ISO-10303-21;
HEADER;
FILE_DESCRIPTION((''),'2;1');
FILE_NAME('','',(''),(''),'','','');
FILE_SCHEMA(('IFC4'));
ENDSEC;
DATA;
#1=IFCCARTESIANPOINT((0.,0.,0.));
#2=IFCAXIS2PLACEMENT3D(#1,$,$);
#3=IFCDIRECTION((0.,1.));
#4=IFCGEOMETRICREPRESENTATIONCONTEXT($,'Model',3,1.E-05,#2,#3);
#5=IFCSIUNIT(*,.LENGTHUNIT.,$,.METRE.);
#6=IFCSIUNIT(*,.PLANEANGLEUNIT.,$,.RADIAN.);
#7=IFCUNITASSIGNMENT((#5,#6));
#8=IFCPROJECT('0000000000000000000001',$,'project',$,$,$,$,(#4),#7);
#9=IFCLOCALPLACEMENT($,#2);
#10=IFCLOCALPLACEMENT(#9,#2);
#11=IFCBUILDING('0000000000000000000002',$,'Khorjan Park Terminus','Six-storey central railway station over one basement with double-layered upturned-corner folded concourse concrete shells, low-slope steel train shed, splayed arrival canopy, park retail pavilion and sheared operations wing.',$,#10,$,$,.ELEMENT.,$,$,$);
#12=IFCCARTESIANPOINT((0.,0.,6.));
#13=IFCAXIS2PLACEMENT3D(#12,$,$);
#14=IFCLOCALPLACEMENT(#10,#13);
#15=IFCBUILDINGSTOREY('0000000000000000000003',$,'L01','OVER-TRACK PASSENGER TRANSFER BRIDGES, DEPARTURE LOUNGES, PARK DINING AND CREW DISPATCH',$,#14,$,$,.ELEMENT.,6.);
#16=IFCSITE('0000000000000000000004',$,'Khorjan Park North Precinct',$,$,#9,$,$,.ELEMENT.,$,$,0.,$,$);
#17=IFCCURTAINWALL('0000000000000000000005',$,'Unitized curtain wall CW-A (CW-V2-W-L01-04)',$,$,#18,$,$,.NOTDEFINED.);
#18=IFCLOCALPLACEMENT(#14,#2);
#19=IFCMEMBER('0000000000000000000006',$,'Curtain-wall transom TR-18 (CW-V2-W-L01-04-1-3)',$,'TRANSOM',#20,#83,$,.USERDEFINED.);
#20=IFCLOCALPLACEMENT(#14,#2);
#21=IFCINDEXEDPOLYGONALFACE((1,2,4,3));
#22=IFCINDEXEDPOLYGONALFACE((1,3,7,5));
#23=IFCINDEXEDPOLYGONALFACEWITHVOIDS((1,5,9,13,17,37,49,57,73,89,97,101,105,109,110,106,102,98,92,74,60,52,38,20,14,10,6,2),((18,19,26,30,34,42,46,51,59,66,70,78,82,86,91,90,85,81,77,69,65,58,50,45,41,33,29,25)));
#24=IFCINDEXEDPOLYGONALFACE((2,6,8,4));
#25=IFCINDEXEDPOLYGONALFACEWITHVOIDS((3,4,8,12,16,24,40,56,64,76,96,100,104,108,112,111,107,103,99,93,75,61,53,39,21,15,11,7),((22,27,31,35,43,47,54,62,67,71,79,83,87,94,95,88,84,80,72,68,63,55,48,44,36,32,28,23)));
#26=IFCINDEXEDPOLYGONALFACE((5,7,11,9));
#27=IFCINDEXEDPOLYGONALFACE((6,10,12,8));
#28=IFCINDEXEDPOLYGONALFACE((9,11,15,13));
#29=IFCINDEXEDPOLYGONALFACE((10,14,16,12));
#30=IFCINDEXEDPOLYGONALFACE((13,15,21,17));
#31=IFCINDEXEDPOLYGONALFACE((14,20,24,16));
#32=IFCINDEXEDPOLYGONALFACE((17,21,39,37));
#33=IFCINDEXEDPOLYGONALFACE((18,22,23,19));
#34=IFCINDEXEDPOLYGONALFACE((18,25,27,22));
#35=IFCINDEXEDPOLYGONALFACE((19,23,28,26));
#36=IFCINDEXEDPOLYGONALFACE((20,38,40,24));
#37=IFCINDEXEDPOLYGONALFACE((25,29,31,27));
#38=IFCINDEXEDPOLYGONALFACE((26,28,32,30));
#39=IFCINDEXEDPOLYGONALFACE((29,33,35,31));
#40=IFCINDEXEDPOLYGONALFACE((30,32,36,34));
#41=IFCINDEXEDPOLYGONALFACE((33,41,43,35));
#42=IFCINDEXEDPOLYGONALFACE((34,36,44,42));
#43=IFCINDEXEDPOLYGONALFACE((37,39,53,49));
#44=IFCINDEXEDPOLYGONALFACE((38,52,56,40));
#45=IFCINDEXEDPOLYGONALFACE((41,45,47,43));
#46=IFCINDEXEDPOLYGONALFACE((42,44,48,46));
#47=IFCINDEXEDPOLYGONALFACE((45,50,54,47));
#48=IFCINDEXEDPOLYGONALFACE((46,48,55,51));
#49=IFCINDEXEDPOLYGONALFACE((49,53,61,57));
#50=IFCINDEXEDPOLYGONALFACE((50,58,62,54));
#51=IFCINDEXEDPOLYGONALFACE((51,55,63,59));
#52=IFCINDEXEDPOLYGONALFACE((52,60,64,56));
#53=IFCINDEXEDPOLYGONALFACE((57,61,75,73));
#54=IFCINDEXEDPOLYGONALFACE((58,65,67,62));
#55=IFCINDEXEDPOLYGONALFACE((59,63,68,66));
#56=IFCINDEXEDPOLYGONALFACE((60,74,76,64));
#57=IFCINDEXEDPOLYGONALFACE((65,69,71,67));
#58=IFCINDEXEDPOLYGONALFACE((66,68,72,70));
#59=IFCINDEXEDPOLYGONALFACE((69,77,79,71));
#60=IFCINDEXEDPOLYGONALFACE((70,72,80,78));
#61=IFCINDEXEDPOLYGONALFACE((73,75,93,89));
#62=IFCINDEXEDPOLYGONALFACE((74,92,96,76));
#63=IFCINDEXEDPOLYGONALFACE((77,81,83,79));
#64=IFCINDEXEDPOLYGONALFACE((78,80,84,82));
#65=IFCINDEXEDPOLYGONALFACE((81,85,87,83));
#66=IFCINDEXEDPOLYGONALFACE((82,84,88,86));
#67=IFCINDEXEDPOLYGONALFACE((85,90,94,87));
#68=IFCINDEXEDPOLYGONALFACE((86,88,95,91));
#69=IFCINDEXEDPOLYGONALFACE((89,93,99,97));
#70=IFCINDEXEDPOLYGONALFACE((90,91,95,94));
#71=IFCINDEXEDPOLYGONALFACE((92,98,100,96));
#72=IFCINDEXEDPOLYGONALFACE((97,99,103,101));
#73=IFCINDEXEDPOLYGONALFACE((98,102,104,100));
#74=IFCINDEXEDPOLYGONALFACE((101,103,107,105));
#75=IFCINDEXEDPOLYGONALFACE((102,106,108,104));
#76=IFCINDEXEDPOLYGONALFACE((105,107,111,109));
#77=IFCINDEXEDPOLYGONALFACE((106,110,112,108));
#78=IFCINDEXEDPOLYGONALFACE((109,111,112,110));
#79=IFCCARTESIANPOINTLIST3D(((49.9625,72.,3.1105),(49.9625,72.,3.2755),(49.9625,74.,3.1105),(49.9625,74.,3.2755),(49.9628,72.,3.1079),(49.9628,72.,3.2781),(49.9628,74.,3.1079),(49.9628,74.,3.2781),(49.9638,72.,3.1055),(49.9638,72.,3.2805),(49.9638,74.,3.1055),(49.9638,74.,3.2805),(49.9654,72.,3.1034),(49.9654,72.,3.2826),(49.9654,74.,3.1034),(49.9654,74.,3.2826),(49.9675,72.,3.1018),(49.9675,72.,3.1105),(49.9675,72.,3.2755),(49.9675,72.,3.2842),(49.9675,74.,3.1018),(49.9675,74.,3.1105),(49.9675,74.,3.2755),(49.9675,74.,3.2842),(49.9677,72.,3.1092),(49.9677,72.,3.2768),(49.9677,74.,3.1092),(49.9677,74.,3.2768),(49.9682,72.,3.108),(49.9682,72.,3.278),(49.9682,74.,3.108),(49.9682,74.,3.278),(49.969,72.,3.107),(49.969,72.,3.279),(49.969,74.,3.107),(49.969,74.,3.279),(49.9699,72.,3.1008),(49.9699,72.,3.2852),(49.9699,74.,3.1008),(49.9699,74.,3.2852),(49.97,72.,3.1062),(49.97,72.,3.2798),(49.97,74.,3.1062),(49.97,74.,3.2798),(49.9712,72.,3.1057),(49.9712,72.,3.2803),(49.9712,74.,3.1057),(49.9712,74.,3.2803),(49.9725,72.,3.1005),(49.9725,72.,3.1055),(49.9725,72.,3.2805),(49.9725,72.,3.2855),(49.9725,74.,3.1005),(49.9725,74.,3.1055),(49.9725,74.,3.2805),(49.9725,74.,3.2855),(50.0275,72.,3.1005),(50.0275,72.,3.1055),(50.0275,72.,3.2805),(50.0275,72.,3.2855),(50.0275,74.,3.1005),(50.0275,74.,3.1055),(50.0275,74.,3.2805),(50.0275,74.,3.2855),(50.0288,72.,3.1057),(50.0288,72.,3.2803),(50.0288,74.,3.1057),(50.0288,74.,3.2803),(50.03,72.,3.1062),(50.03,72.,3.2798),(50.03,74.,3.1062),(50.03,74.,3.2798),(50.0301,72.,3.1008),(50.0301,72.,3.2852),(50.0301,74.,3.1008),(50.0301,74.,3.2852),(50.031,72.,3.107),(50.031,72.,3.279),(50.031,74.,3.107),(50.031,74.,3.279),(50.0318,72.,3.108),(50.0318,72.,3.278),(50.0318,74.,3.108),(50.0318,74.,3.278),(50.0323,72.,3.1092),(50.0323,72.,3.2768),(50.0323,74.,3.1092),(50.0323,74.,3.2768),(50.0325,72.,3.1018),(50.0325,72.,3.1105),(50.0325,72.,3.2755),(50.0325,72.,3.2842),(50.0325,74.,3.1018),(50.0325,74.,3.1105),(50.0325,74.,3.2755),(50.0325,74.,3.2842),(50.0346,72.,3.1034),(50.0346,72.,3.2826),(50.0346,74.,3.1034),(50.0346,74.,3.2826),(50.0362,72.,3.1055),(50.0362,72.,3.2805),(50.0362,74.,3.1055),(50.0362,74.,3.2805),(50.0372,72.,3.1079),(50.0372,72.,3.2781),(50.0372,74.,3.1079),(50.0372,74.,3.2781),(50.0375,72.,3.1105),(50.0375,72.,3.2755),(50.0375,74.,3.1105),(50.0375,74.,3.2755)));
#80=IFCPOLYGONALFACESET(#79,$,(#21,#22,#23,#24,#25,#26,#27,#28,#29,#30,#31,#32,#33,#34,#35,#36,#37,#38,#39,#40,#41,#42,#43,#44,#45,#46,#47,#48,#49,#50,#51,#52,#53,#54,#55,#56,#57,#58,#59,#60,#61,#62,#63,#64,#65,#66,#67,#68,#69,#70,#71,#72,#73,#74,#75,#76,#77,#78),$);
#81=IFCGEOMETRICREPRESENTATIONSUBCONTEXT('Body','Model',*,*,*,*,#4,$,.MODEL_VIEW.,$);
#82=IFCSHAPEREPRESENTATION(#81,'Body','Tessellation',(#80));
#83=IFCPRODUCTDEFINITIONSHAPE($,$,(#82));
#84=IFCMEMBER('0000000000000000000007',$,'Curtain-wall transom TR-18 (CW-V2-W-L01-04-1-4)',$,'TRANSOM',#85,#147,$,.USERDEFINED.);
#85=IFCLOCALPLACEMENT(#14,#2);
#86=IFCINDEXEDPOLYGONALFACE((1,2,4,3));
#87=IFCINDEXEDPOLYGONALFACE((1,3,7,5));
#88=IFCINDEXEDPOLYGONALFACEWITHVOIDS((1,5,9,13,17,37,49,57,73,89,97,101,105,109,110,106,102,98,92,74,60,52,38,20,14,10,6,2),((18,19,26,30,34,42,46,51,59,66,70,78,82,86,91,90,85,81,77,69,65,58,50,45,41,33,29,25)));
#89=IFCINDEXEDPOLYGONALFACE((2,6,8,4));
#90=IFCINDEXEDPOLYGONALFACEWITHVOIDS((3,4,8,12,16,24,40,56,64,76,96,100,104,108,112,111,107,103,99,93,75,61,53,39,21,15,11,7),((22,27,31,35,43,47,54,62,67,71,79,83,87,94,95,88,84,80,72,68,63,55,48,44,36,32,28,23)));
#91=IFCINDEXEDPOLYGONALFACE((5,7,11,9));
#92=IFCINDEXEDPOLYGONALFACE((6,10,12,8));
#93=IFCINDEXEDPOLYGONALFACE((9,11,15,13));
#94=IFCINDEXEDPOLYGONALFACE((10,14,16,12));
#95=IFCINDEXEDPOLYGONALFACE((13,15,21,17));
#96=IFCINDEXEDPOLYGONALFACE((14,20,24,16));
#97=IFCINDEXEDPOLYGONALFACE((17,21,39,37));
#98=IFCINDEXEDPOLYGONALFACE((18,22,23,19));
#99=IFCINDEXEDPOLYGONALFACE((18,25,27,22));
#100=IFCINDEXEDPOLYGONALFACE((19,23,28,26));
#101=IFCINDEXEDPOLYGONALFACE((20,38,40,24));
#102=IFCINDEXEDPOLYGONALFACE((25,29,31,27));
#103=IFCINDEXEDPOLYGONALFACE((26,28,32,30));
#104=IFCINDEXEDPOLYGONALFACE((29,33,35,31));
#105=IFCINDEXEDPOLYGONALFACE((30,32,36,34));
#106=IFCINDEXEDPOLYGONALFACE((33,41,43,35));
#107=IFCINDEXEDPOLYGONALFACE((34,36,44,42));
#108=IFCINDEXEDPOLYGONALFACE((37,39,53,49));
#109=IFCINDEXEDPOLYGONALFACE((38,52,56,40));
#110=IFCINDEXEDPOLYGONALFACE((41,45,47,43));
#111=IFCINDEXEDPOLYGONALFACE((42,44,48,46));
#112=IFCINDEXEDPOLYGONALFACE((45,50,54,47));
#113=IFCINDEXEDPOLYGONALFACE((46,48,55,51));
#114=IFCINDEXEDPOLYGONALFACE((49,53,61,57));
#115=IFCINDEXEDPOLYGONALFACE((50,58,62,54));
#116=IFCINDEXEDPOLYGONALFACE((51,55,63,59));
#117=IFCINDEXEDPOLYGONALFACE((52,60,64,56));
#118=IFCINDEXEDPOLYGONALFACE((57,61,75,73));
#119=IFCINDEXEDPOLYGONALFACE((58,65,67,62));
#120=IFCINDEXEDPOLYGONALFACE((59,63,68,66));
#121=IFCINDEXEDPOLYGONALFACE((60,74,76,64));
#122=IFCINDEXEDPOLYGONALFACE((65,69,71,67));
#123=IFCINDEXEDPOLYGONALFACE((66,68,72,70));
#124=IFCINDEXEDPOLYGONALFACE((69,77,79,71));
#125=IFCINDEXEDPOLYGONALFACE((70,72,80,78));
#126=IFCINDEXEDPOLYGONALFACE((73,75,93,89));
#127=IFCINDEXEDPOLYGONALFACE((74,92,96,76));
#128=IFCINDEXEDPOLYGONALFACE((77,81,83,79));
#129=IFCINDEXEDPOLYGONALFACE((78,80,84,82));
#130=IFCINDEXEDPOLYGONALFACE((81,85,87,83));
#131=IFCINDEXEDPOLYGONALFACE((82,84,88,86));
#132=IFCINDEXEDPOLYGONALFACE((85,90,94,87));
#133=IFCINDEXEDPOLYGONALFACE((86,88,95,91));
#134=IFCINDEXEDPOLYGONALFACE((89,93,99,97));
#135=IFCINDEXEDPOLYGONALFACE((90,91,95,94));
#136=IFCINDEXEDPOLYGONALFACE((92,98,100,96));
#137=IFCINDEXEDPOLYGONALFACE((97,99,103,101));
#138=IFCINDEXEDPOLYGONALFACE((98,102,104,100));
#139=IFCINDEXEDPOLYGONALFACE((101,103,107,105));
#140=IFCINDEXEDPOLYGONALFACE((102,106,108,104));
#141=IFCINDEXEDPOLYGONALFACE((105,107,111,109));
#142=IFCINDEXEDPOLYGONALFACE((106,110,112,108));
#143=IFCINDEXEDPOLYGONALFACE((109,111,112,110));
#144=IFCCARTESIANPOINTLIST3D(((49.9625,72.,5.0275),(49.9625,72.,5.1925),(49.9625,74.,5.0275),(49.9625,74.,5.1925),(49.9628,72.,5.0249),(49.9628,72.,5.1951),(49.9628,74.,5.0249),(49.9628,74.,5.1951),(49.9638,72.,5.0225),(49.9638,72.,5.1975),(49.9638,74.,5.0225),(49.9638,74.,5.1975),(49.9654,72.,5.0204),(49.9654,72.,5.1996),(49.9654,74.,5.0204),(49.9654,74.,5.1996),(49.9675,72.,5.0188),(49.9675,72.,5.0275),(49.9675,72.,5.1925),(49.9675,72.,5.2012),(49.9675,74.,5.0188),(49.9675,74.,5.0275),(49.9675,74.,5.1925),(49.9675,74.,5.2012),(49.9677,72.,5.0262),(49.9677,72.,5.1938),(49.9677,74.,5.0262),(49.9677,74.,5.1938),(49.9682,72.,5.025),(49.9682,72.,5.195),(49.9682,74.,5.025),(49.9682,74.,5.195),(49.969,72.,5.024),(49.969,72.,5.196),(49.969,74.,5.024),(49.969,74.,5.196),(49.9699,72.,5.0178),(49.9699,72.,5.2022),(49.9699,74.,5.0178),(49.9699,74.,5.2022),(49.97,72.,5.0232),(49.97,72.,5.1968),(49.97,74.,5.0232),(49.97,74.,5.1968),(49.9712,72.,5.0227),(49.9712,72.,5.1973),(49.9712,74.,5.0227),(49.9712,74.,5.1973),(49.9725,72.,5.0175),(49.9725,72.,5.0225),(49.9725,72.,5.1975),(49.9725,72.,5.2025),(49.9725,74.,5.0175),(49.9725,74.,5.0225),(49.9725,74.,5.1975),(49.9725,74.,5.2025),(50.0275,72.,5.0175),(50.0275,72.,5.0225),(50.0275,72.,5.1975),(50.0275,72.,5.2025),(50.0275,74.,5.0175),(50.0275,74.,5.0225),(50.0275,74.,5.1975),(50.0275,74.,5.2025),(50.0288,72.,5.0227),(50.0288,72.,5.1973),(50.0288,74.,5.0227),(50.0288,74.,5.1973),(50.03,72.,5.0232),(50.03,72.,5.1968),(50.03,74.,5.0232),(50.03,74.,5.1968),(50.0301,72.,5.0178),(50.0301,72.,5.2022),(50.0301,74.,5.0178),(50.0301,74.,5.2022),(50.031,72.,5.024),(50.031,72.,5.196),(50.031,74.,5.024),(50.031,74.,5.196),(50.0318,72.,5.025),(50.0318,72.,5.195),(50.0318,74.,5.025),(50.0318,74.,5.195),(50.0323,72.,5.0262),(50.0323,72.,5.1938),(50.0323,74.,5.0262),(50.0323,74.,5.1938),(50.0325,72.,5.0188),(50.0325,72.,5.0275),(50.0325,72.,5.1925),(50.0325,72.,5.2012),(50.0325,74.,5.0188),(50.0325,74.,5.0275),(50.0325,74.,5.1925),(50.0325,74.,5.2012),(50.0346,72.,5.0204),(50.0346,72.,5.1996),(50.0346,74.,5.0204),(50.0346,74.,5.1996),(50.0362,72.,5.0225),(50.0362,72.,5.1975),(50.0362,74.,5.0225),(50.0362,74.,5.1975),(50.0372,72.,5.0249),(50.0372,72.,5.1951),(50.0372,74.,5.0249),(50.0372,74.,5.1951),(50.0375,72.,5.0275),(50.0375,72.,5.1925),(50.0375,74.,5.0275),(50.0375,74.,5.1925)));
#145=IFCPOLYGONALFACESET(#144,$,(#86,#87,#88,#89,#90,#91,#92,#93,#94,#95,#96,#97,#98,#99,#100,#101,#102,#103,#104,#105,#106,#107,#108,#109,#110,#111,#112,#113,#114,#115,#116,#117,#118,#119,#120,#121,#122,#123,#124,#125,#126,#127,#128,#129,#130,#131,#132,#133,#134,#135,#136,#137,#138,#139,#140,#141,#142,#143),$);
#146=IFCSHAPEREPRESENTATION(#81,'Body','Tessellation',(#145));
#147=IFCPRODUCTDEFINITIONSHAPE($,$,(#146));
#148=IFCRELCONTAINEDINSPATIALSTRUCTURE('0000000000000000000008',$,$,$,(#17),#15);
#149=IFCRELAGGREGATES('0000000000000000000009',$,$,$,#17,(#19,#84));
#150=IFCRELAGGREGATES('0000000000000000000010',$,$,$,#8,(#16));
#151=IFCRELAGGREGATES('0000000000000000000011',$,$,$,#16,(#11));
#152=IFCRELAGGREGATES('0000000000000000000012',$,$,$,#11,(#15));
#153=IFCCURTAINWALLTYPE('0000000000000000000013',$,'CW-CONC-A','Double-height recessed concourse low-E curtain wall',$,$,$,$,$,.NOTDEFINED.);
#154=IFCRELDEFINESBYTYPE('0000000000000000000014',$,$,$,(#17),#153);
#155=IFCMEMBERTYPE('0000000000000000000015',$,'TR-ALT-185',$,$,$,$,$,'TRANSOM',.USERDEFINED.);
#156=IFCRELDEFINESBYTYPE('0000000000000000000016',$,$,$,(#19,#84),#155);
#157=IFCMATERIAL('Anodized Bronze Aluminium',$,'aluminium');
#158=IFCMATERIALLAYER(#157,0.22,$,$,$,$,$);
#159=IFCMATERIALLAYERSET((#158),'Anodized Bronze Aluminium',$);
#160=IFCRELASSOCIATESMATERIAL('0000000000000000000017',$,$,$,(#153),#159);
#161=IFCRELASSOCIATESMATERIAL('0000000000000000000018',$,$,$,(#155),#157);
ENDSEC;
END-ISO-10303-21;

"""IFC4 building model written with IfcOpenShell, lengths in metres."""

from ifc_helpers import new_model, si_unit, direction, frame, origin, origin_2d, place, context, subcontext, project, spatial, hollow_rectangle, extrude, material, layer, layer_set, material_profile, profile_set, type_object, element, aggregate, save


model = new_model("IFC4")

# Units and contexts
model_context = context("Model", 3, precision=1e-05, world=origin(), true_north=direction((0.0, 1.0)))
body_context = subcontext(model_context, "Body", "Model", "MODEL_VIEW")
ifc_project = project(units=[si_unit("LENGTHUNIT", "METRE"), si_unit("PLANEANGLEUNIT", "RADIAN")], contexts=[model_context])

# Site, building, storey
site_placement = place(None, origin())
site = spatial("IfcSite", under=ifc_project, at=site_placement, Name="Khorjan Park North Precinct", CompositionType="ELEMENT", RefElevation=0.0)
building_placement = place(site_placement, origin())
building = spatial("IfcBuilding", under=site, at=building_placement, Name="Khorjan Park Terminus", Description="Six-storey central railway station over one basement with double-layered upturned-corner folded concourse concrete shells, low-slope steel train shed, splayed arrival canopy, park retail pavilion and sheared operations wing.", CompositionType="ELEMENT")
storey_placement = place(building_placement, frame((0.0, 0.0, 6.0)))
storey = spatial("IfcBuildingStorey", under=building, at=storey_placement, Name="L01", Description="OVER-TRACK PASSENGER TRANSFER BRIDGES, DEPARTURE LOUNGES, PARK DINING AND CREW DISPATCH", CompositionType="ELEMENT", Elevation=6.0)

# Curtain wall
ifc_material_1 = material(Name="Anodized Bronze Aluminium", Category="aluminium")
ifc_layer_1 = layer(ifc_material_1, 0.22)
ifc_layer_set_1 = layer_set([ifc_layer_1], Name="Anodized Bronze Aluminium")
curtain_wall_type = type_object("IfcCurtainWallType", Name="CW-CONC-A", Description="Double-height recessed concourse low-E curtain wall", PredefinedType="NOTDEFINED", material=ifc_layer_set_1)
curtain_wall_1_placement = place(storey_placement, origin())
curtain_wall_1 = element("IfcCurtainWall", 1, at=curtain_wall_1_placement, inside=storey, type_object=curtain_wall_type, Name="Unitized curtain wall CW-A (CW-V2-W-L01-04)", PredefinedType="NOTDEFINED")

# Members
ifc_material_profile_1 = material_profile(ifc_material_1, hollow_rectangle(XDim=0.075, YDim=0.185, WallThickness=0.005, InnerFilletRadius=0.005, OuterFilletRadius=0.01, at=origin_2d()), Name="ALT 75x185x5")
ifc_profile_set_1 = profile_set([ifc_material_profile_1], Name="Anodized Bronze Aluminium")
member_type_1 = type_object("IfcMemberType", Name="TR-ALT-185", ElementType="TRANSOM", PredefinedType="USERDEFINED", material=ifc_profile_set_1)
member_1_placement = place(storey_placement, frame((50.0, 74.0, 3.193), z_axis=(0.0, -1.0, 0.0), x_axis=(1.0, 0.0, 0.0)))
member_1 = element("IfcMember", 2, at=member_1_placement, type_object=member_type_1, Name="Curtain-wall transom TR-18 (CW-V2-W-L01-04-1-3)", ObjectType="TRANSOM", PredefinedType="USERDEFINED", context=body_context, shape_type="SweptSolid", body=[
    extrude(hollow_rectangle(XDim=0.075, YDim=0.185, WallThickness=0.005, InnerFilletRadius=0.005, OuterFilletRadius=0.01, at=origin_2d()), origin(), (0.0, 0.0, 1.0), 2.0),
])
member_2_placement = place(storey_placement, frame((50.0, 74.0, 5.11), z_axis=(0.0, -1.0, 0.0), x_axis=(1.0, 0.0, 0.0)))
member_2 = element("IfcMember", 3, at=member_2_placement, type_object=member_type_1, Name="Curtain-wall transom TR-18 (CW-V2-W-L01-04-1-4)", ObjectType="TRANSOM", PredefinedType="USERDEFINED", context=body_context, shape_type="SweptSolid", body=[
    extrude(hollow_rectangle(XDim=0.075, YDim=0.185, WallThickness=0.005, InnerFilletRadius=0.005, OuterFilletRadius=0.01, at=origin_2d()), origin(), (0.0, 0.0, 1.0), 2.0),
])

aggregate(curtain_wall_1, [member_1, member_2])

save(model, "model.ifc")
